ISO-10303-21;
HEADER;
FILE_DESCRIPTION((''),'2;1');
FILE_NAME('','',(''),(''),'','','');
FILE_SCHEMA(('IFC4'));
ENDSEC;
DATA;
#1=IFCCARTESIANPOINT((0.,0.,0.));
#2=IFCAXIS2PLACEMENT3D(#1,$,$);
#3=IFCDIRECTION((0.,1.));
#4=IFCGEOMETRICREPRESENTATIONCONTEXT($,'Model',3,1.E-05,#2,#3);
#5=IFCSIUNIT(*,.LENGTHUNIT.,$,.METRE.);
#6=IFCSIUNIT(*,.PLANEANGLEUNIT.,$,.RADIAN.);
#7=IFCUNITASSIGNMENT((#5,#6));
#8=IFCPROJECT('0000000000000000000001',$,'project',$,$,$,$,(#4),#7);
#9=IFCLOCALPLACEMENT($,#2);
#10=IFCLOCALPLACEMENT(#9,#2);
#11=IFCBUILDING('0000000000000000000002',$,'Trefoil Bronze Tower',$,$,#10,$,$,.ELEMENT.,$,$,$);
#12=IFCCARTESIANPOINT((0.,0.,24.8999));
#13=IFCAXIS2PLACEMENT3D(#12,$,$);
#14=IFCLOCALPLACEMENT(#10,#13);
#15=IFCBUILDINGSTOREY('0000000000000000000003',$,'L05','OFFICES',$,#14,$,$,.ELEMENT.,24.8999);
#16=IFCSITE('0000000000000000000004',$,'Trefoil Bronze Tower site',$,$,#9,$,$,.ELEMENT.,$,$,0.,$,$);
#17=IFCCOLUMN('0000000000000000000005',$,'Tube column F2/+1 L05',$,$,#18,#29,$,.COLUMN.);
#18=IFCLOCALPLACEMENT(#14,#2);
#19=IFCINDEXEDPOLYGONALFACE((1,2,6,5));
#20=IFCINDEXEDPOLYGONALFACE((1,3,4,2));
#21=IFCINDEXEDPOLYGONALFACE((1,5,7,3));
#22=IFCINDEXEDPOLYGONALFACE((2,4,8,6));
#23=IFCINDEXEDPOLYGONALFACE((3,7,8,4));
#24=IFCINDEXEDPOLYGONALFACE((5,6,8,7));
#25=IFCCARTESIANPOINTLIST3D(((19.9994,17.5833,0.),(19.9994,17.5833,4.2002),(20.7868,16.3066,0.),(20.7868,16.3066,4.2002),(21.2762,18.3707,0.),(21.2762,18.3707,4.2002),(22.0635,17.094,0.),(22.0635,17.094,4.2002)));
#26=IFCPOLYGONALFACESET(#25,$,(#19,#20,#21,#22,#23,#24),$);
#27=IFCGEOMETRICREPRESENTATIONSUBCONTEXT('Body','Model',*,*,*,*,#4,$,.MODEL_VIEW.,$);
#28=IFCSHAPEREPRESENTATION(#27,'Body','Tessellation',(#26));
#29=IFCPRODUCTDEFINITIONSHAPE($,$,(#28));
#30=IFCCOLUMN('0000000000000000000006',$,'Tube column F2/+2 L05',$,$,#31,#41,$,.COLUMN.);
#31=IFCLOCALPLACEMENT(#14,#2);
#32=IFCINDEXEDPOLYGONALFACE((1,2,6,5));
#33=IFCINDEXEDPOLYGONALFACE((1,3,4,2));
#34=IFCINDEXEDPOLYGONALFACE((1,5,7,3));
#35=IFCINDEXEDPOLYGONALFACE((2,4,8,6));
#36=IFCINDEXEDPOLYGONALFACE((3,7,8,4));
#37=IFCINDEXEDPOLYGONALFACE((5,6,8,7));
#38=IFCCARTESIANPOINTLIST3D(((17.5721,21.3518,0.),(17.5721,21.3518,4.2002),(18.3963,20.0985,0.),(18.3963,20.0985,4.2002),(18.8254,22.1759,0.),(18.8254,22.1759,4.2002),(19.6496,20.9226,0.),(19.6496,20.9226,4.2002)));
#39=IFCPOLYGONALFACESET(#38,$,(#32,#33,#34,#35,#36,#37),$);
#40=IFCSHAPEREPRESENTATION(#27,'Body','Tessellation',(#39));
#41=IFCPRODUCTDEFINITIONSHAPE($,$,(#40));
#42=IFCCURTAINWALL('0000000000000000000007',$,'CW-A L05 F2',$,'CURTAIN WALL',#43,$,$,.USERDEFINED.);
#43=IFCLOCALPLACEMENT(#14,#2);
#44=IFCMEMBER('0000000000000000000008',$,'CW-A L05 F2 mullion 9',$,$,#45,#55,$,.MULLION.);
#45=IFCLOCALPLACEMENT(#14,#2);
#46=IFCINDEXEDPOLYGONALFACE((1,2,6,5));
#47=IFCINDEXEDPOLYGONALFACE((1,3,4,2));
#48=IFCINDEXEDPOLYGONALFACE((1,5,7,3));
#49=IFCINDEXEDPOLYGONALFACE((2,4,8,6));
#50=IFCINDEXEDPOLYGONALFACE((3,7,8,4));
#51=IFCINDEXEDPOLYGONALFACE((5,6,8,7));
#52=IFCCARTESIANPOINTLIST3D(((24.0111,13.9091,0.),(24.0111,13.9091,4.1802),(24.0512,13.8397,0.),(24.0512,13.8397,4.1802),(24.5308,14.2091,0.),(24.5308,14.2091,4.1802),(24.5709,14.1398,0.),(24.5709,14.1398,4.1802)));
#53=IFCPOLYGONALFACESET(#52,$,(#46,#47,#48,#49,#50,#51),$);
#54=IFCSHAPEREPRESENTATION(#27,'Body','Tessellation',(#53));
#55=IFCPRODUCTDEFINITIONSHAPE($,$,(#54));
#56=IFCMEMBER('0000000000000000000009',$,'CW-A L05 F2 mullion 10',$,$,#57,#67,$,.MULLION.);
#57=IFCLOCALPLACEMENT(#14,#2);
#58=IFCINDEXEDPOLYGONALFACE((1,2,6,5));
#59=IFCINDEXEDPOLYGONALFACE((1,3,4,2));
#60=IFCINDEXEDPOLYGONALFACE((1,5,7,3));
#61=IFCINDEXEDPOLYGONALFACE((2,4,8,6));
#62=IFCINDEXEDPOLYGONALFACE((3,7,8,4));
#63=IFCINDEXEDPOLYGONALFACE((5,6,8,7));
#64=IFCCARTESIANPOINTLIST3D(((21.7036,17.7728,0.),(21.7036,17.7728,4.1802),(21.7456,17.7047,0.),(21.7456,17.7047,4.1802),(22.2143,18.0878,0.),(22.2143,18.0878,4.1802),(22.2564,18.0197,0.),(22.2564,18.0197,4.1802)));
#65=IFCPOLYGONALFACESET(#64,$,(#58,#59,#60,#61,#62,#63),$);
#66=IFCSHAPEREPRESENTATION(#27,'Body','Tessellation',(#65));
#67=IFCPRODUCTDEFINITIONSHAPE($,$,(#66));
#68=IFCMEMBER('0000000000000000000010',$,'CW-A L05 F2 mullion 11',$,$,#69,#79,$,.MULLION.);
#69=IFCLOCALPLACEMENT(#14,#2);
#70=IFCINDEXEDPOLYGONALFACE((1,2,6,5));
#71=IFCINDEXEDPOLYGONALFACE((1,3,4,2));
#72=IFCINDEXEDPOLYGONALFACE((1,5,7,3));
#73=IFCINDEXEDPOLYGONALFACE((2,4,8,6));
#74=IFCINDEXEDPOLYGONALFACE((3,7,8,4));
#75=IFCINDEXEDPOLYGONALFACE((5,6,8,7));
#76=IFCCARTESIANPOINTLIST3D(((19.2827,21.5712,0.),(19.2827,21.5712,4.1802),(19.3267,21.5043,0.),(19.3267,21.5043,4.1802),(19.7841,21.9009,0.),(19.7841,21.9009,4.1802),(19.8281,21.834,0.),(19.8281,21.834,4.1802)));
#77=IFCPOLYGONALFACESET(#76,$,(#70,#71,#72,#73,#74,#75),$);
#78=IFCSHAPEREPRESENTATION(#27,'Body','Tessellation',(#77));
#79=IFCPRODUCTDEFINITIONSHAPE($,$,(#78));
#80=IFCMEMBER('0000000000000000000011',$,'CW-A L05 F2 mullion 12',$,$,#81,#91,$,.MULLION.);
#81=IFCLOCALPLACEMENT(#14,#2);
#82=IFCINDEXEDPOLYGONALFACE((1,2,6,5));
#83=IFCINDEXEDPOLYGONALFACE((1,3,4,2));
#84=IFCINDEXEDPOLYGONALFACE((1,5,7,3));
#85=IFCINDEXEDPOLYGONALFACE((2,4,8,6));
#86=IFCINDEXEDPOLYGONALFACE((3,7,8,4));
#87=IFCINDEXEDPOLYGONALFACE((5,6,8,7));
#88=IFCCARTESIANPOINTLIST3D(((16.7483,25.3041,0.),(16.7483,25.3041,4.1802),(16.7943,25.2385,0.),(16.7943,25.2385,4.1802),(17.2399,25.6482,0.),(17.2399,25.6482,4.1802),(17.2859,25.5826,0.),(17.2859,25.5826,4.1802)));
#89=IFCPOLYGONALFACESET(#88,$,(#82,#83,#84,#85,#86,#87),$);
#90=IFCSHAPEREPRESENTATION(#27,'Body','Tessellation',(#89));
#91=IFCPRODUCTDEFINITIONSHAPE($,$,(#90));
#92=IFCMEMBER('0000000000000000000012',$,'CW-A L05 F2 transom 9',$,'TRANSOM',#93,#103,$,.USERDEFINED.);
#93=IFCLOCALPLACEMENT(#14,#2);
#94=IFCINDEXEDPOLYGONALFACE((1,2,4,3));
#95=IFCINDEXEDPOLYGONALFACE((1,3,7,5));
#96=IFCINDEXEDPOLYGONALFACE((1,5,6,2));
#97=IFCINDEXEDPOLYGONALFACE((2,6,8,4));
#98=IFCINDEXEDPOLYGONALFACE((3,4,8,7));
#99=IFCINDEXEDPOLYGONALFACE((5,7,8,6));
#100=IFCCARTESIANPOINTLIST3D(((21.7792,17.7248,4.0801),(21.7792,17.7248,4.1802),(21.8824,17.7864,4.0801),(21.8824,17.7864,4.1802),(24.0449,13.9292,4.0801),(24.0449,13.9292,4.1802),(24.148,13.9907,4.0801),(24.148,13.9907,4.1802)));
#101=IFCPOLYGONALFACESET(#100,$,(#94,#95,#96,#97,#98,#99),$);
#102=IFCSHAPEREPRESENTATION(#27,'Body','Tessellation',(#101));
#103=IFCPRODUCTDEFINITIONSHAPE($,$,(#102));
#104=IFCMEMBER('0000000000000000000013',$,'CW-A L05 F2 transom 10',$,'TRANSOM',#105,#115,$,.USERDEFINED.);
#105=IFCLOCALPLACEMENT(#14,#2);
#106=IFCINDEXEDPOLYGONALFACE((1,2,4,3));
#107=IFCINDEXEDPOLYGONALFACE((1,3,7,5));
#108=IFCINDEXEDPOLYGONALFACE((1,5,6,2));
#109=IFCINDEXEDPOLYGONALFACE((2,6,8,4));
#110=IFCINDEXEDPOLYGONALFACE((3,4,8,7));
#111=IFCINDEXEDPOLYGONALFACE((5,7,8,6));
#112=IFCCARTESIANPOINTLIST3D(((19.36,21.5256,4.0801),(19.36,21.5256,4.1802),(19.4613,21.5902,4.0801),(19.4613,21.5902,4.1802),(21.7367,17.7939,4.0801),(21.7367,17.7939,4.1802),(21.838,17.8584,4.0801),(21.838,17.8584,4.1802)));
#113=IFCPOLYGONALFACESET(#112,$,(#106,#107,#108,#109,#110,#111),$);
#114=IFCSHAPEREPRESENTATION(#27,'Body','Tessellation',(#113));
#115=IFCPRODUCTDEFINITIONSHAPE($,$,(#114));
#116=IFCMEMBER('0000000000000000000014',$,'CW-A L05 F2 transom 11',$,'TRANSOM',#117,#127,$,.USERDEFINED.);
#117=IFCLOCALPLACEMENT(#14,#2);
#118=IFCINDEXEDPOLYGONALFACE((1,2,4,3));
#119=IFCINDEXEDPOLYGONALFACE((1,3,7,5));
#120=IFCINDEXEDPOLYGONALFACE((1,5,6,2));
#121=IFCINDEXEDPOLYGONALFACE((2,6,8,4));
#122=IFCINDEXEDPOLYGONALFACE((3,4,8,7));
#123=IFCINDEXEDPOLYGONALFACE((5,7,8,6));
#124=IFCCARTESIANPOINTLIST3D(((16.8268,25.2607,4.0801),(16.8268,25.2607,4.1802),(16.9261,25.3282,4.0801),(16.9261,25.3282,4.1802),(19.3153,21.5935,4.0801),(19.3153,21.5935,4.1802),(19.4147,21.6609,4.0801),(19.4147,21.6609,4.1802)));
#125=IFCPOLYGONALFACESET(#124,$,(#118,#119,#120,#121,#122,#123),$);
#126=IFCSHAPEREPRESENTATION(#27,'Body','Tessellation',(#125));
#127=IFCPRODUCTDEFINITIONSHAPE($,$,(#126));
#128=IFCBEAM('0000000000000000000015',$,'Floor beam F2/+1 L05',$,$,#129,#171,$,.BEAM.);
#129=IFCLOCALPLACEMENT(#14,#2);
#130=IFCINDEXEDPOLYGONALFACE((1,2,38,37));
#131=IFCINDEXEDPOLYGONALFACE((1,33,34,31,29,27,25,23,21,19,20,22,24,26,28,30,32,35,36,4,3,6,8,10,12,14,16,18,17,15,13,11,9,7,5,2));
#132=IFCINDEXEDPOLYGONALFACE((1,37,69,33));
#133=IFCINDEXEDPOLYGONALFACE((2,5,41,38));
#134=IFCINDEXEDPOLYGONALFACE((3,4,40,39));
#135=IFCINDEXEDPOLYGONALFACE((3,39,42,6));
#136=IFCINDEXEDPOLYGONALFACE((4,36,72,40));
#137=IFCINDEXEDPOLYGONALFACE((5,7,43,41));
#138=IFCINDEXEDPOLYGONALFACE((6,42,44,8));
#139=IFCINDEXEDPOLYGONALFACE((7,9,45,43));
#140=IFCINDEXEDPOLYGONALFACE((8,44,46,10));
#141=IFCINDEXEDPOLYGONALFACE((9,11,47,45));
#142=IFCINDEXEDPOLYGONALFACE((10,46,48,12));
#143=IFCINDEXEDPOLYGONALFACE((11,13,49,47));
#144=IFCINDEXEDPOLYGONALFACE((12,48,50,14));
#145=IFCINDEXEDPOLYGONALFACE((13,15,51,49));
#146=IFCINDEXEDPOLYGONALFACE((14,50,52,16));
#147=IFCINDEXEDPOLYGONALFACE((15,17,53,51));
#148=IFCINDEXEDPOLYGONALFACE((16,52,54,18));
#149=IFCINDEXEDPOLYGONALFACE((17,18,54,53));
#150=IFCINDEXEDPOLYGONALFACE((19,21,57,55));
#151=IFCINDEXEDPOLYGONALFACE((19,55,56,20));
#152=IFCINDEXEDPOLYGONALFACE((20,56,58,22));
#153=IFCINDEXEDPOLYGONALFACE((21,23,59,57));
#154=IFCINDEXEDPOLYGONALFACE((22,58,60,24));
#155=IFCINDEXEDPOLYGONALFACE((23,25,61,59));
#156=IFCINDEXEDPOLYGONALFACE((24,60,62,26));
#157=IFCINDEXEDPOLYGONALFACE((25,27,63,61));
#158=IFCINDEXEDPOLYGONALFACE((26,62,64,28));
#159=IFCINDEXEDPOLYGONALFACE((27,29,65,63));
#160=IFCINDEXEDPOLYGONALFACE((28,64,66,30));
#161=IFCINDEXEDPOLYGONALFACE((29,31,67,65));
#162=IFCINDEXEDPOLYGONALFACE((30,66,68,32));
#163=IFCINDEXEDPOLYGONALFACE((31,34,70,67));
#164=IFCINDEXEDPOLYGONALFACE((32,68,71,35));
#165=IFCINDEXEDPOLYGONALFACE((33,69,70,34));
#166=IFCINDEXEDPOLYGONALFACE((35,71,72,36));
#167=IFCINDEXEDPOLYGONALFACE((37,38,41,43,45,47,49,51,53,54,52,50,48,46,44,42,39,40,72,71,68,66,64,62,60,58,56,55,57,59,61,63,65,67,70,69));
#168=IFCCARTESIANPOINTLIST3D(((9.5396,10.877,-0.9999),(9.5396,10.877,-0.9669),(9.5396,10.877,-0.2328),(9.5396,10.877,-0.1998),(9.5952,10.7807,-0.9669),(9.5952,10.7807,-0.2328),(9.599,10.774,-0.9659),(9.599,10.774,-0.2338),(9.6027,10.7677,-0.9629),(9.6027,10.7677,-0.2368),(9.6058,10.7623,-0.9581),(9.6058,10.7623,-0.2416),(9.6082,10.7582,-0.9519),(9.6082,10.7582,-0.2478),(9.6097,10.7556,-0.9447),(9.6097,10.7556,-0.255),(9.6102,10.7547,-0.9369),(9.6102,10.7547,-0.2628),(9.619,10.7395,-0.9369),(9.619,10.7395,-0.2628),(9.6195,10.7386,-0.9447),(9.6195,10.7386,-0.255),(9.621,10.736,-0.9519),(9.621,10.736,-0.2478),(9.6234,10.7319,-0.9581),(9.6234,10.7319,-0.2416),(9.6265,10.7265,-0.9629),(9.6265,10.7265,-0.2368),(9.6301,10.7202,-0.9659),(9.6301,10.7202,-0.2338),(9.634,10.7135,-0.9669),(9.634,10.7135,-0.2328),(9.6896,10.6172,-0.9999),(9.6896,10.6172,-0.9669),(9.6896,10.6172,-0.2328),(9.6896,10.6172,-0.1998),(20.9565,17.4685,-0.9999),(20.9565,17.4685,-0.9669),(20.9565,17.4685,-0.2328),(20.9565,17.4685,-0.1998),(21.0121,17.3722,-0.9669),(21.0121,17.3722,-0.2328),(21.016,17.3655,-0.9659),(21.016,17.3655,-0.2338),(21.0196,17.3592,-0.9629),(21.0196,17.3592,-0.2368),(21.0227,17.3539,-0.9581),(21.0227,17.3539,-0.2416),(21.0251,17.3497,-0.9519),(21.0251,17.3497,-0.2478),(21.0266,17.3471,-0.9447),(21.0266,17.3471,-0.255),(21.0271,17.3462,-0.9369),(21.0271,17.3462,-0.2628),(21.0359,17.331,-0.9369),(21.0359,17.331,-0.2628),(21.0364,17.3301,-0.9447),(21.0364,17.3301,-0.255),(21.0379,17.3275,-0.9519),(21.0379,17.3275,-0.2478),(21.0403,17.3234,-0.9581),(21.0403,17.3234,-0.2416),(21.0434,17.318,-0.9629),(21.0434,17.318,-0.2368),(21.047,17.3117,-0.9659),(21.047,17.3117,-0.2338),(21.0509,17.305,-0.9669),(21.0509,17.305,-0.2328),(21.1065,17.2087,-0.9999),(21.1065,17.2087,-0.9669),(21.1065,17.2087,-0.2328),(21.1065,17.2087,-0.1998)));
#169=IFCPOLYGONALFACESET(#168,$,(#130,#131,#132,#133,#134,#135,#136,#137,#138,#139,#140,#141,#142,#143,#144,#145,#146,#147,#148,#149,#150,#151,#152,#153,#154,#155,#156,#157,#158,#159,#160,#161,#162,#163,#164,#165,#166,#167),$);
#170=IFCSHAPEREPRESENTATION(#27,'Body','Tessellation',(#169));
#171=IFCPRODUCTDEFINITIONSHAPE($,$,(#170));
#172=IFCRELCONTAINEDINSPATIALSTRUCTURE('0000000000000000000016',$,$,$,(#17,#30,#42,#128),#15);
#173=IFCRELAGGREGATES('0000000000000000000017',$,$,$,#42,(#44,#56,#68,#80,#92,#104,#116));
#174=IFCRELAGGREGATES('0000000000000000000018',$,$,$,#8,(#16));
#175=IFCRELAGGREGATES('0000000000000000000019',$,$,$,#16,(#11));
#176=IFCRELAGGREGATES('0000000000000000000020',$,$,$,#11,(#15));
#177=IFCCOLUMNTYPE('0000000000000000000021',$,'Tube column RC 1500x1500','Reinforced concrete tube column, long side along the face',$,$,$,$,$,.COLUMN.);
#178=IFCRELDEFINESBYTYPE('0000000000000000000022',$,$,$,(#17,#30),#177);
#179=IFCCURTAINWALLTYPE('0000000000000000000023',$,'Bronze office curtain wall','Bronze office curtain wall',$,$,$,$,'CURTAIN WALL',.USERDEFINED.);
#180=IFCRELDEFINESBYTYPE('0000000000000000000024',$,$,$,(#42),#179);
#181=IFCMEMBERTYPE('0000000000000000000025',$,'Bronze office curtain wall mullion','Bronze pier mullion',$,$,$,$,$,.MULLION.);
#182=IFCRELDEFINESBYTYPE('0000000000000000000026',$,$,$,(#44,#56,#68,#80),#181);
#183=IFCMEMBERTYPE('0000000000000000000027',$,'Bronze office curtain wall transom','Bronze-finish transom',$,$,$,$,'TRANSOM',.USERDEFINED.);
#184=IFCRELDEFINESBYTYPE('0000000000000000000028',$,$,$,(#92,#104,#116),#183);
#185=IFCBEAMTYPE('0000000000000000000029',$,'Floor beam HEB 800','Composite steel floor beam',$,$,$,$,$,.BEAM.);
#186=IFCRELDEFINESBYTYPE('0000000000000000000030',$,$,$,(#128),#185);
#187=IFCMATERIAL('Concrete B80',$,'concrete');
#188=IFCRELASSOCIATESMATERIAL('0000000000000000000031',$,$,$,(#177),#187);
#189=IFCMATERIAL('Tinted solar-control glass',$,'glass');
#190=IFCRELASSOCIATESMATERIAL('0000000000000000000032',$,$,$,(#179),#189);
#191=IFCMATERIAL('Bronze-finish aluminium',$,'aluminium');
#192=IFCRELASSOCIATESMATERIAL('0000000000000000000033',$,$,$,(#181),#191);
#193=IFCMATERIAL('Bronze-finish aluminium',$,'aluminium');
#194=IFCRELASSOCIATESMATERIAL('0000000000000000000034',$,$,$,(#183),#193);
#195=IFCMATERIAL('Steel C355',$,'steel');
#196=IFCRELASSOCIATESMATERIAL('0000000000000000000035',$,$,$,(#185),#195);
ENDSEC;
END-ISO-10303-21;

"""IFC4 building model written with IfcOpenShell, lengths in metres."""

from ifc_helpers import new_model, si_unit, direction, frame, origin, origin_2d, place, context, subcontext, project, spatial, rectangle, i_section, extrude, material, material_profile, profile_set, type_object, element, aggregate, save


model = new_model("IFC4")

# Units and contexts
model_context = context("Model", 3, precision=1e-05, world=origin(), true_north=direction((0.0, 1.0)))
body_context = subcontext(model_context, "Body", "Model", "MODEL_VIEW")
ifc_project = project(units=[si_unit("LENGTHUNIT", "METRE"), si_unit("PLANEANGLEUNIT", "RADIAN")], contexts=[model_context])

# Site, building, storey
site_placement = place(None, origin())
site = spatial("IfcSite", under=ifc_project, at=site_placement, Name="Trefoil Bronze Tower site", CompositionType="ELEMENT", RefElevation=0.0)
building_placement = place(site_placement, origin())
building = spatial("IfcBuilding", under=site, at=building_placement, Name="Trefoil Bronze Tower", CompositionType="ELEMENT")
storey_placement = place(building_placement, frame((0.0, 0.0, 24.8999)))
storey = spatial("IfcBuildingStorey", under=building, at=storey_placement, Name="L05", Description="OFFICES", CompositionType="ELEMENT", Elevation=24.8999)

# Columns
ifc_material_1 = material(Name="Concrete B80", Category="concrete")
ifc_material_profile_1 = material_profile(ifc_material_1, rectangle(XDim=1.5, YDim=1.5, at=origin_2d()), Name="RC 1500x1500")
ifc_profile_set_1 = profile_set([ifc_material_profile_1], Name="Concrete B80")
column_type = type_object("IfcColumnType", Name="Tube column RC 1500x1500", Description="Reinforced concrete tube column, long side along the face", PredefinedType="COLUMN", material=ifc_profile_set_1)
for number, where, z_axis, x_axis, name in (
    (1, (21.0315, 17.3386, 0.0), (0.0, 0.0, 1.0), (-0.524923, 0.85115, 0.0), "Tube column F2/+1 L05"),
    (2, (18.6108, 21.1372, 0.0), (0.0, 0.0, 1.0), (-0.549424, 0.835544, 0.0), "Tube column F2/+2 L05"),
):
    element("IfcColumn", number, at=place(storey_placement, frame(where, z_axis=z_axis, x_axis=x_axis)), inside=storey, type_object=column_type, Name=name, PredefinedType="COLUMN", context=body_context, shape_type="SweptSolid", body=[
        extrude(rectangle(XDim=1.5, YDim=1.5, at=origin_2d()), origin(), (0.0, 0.0, 1.0), 4.2002),
    ])

# Curtain wall, members
ifc_material_2 = material(Name="Tinted solar-control glass", Category="glass")
curtain_wall_type = type_object("IfcCurtainWallType", Name="Bronze office curtain wall", Description="Bronze office curtain wall", ElementType="CURTAIN WALL", PredefinedType="USERDEFINED", material=ifc_material_2)
curtain_wall_placement = place(storey_placement, origin())
curtain_wall = element("IfcCurtainWall", 3, at=curtain_wall_placement, inside=storey, type_object=curtain_wall_type, Name="CW-A L05 F2", ObjectType="CURTAIN WALL", PredefinedType="USERDEFINED")
ifc_material_3 = material(Name="Bronze-finish aluminium", Category="aluminium")
ifc_material_profile_2 = material_profile(ifc_material_3, rectangle(XDim=0.6001, YDim=0.0801, at=origin_2d()), Name="CW-A mullion")
ifc_profile_set_2 = profile_set([ifc_material_profile_2], Name="Bronze-finish aluminium")
member_type_1 = type_object("IfcMemberType", Name="Bronze office curtain wall mullion", Description="Bronze pier mullion", PredefinedType="MULLION", material=ifc_profile_set_2)
member_1_placement = place(storey_placement, frame((24.291, 14.0244, 0.0), z_axis=(0.0, 0.0, 1.0), x_axis=(-0.866025, -0.5, 0.0)))
member_1 = element("IfcMember", 4, at=member_1_placement, type_object=member_type_1, Name="CW-A L05 F2 mullion 9", PredefinedType="MULLION", context=body_context, shape_type="SweptSolid", body=[
    extrude(rectangle(XDim=0.6001, YDim=0.0801, at=origin_2d()), origin(), (0.0, 0.0, 1.0), 4.1802),
])
member_2_placement = place(storey_placement, frame((21.98, 17.8962, 0.0), z_axis=(0.0, 0.0, 1.0), x_axis=(-0.85115, -0.524923, 0.0)))
member_2 = element("IfcMember", 5, at=member_2_placement, type_object=member_type_1, Name="CW-A L05 F2 mullion 10", PredefinedType="MULLION", context=body_context, shape_type="SweptSolid", body=[
    extrude(rectangle(XDim=0.6001, YDim=0.0801, at=origin_2d()), origin(), (0.0, 0.0, 1.0), 4.1802),
])
member_3_placement = place(storey_placement, frame((19.5554, 21.7026, 0.0), z_axis=(0.0, 0.0, 1.0), x_axis=(-0.835544, -0.549424, 0.0)))
member_3 = element("IfcMember", 6, at=member_3_placement, type_object=member_type_1, Name="CW-A L05 F2 mullion 11", PredefinedType="MULLION", context=body_context, shape_type="SweptSolid", body=[
    extrude(rectangle(XDim=0.6001, YDim=0.0801, at=origin_2d()), origin(), (0.0, 0.0, 1.0), 4.1802),
])
member_4_placement = place(storey_placement, frame((17.0171, 25.4434, 0.0), z_axis=(0.0, 0.0, 1.0), x_axis=(-0.819204, -0.573502, 0.0)))
member_4 = element("IfcMember", 7, at=member_4_placement, type_object=member_type_1, Name="CW-A L05 F2 mullion 12", PredefinedType="MULLION", context=body_context, shape_type="SweptSolid", body=[
    extrude(rectangle(XDim=0.6001, YDim=0.0801, at=origin_2d()), origin(), (0.0, 0.0, 1.0), 4.1802),
])
ifc_material_4 = material(Name="Bronze-finish aluminium", Category="aluminium")
ifc_material_profile_3 = material_profile(ifc_material_4, rectangle(XDim=0.1201, YDim=0.1001, at=origin_2d()), Name="CW-A transom")
ifc_profile_set_3 = profile_set([ifc_material_profile_3], Name="Bronze-finish aluminium")
member_type_2 = type_object("IfcMemberType", Name="Bronze office curtain wall transom", Description="Bronze-finish transom", ElementType="TRANSOM", PredefinedType="USERDEFINED", material=ifc_profile_set_3)
member_5_placement = place(storey_placement, frame((24.0964, 13.96, 4.1301), z_axis=(-0.512537, 0.858665, 0.0), x_axis=(-0.858665, -0.512537, 0.0)))
member_5 = element("IfcMember", 8, at=member_5_placement, type_object=member_type_2, Name="CW-A L05 F2 transom 9", ObjectType="TRANSOM", PredefinedType="USERDEFINED", context=body_context, shape_type="SweptSolid", body=[
    extrude(rectangle(XDim=0.1201, YDim=0.1001, at=origin_2d()), origin(), (0.0, 0.0, 1.0), 4.4204),
])
member_6_placement = place(storey_placement, frame((21.7874, 17.8262, 4.1301), z_axis=(-0.537197, 0.843457, 0.0), x_axis=(-0.843457, -0.537197, 0.0)))
member_6 = element("IfcMember", 9, at=member_6_placement, type_object=member_type_2, Name="CW-A L05 F2 transom 10", ObjectType="TRANSOM", PredefinedType="USERDEFINED", context=body_context, shape_type="SweptSolid", body=[
    extrude(rectangle(XDim=0.1201, YDim=0.1001, at=origin_2d()), origin(), (0.0, 0.0, 1.0), 4.4243),
])
member_7_placement = place(storey_placement, frame((19.365, 21.6272, 4.1301), z_axis=(-0.561508, 0.827471, 0.0), x_axis=(-0.827471, -0.561508, 0.0)))
member_7 = element("IfcMember", 10, at=member_7_placement, type_object=member_type_2, Name="CW-A L05 F2 transom 11", ObjectType="TRANSOM", PredefinedType="USERDEFINED", context=body_context, shape_type="SweptSolid", body=[
    extrude(rectangle(XDim=0.1201, YDim=0.1001, at=origin_2d()), origin(), (0.0, 0.0, 1.0), 4.4319),
])

# Beam
ifc_material_5 = material(Name="Steel C355", Category="steel")
ifc_material_profile_4 = material_profile(ifc_material_5, i_section(OverallWidth=0.3, OverallDepth=0.8, WebThickness=0.0176, FlangeThickness=0.033, FilletRadius=0.03, at=origin_2d()), Name="HEB 800")
ifc_profile_set_4 = profile_set([ifc_material_profile_4], Name="Steel C355")
beam_type_1 = type_object("IfcBeamType", Name="Floor beam HEB 800", Description="Composite steel floor beam", PredefinedType="BEAM", material=ifc_profile_set_4)
beam_1_placement = place(storey_placement, frame((21.0315, 17.3386, -0.5999), z_axis=(-0.866027, -0.499997, 0.0), x_axis=(0.499997, -0.866027, 0.0)))
element("IfcBeam", 11, at=beam_1_placement, inside=storey, type_object=beam_type_1, Name="Floor beam F2/+1 L05", PredefinedType="BEAM", context=body_context, shape_type="SweptSolid", body=[
    extrude(i_section(OverallWidth=0.3, OverallDepth=0.8, WebThickness=0.0176, FlangeThickness=0.033, FilletRadius=0.03, at=origin_2d()), origin(), (0.0, 0.0, 1.0), 13.1831),
])

aggregate(curtain_wall, [member_1, member_2, member_3, member_4, member_5, member_6, member_7])

save(model, "model.ifc")
